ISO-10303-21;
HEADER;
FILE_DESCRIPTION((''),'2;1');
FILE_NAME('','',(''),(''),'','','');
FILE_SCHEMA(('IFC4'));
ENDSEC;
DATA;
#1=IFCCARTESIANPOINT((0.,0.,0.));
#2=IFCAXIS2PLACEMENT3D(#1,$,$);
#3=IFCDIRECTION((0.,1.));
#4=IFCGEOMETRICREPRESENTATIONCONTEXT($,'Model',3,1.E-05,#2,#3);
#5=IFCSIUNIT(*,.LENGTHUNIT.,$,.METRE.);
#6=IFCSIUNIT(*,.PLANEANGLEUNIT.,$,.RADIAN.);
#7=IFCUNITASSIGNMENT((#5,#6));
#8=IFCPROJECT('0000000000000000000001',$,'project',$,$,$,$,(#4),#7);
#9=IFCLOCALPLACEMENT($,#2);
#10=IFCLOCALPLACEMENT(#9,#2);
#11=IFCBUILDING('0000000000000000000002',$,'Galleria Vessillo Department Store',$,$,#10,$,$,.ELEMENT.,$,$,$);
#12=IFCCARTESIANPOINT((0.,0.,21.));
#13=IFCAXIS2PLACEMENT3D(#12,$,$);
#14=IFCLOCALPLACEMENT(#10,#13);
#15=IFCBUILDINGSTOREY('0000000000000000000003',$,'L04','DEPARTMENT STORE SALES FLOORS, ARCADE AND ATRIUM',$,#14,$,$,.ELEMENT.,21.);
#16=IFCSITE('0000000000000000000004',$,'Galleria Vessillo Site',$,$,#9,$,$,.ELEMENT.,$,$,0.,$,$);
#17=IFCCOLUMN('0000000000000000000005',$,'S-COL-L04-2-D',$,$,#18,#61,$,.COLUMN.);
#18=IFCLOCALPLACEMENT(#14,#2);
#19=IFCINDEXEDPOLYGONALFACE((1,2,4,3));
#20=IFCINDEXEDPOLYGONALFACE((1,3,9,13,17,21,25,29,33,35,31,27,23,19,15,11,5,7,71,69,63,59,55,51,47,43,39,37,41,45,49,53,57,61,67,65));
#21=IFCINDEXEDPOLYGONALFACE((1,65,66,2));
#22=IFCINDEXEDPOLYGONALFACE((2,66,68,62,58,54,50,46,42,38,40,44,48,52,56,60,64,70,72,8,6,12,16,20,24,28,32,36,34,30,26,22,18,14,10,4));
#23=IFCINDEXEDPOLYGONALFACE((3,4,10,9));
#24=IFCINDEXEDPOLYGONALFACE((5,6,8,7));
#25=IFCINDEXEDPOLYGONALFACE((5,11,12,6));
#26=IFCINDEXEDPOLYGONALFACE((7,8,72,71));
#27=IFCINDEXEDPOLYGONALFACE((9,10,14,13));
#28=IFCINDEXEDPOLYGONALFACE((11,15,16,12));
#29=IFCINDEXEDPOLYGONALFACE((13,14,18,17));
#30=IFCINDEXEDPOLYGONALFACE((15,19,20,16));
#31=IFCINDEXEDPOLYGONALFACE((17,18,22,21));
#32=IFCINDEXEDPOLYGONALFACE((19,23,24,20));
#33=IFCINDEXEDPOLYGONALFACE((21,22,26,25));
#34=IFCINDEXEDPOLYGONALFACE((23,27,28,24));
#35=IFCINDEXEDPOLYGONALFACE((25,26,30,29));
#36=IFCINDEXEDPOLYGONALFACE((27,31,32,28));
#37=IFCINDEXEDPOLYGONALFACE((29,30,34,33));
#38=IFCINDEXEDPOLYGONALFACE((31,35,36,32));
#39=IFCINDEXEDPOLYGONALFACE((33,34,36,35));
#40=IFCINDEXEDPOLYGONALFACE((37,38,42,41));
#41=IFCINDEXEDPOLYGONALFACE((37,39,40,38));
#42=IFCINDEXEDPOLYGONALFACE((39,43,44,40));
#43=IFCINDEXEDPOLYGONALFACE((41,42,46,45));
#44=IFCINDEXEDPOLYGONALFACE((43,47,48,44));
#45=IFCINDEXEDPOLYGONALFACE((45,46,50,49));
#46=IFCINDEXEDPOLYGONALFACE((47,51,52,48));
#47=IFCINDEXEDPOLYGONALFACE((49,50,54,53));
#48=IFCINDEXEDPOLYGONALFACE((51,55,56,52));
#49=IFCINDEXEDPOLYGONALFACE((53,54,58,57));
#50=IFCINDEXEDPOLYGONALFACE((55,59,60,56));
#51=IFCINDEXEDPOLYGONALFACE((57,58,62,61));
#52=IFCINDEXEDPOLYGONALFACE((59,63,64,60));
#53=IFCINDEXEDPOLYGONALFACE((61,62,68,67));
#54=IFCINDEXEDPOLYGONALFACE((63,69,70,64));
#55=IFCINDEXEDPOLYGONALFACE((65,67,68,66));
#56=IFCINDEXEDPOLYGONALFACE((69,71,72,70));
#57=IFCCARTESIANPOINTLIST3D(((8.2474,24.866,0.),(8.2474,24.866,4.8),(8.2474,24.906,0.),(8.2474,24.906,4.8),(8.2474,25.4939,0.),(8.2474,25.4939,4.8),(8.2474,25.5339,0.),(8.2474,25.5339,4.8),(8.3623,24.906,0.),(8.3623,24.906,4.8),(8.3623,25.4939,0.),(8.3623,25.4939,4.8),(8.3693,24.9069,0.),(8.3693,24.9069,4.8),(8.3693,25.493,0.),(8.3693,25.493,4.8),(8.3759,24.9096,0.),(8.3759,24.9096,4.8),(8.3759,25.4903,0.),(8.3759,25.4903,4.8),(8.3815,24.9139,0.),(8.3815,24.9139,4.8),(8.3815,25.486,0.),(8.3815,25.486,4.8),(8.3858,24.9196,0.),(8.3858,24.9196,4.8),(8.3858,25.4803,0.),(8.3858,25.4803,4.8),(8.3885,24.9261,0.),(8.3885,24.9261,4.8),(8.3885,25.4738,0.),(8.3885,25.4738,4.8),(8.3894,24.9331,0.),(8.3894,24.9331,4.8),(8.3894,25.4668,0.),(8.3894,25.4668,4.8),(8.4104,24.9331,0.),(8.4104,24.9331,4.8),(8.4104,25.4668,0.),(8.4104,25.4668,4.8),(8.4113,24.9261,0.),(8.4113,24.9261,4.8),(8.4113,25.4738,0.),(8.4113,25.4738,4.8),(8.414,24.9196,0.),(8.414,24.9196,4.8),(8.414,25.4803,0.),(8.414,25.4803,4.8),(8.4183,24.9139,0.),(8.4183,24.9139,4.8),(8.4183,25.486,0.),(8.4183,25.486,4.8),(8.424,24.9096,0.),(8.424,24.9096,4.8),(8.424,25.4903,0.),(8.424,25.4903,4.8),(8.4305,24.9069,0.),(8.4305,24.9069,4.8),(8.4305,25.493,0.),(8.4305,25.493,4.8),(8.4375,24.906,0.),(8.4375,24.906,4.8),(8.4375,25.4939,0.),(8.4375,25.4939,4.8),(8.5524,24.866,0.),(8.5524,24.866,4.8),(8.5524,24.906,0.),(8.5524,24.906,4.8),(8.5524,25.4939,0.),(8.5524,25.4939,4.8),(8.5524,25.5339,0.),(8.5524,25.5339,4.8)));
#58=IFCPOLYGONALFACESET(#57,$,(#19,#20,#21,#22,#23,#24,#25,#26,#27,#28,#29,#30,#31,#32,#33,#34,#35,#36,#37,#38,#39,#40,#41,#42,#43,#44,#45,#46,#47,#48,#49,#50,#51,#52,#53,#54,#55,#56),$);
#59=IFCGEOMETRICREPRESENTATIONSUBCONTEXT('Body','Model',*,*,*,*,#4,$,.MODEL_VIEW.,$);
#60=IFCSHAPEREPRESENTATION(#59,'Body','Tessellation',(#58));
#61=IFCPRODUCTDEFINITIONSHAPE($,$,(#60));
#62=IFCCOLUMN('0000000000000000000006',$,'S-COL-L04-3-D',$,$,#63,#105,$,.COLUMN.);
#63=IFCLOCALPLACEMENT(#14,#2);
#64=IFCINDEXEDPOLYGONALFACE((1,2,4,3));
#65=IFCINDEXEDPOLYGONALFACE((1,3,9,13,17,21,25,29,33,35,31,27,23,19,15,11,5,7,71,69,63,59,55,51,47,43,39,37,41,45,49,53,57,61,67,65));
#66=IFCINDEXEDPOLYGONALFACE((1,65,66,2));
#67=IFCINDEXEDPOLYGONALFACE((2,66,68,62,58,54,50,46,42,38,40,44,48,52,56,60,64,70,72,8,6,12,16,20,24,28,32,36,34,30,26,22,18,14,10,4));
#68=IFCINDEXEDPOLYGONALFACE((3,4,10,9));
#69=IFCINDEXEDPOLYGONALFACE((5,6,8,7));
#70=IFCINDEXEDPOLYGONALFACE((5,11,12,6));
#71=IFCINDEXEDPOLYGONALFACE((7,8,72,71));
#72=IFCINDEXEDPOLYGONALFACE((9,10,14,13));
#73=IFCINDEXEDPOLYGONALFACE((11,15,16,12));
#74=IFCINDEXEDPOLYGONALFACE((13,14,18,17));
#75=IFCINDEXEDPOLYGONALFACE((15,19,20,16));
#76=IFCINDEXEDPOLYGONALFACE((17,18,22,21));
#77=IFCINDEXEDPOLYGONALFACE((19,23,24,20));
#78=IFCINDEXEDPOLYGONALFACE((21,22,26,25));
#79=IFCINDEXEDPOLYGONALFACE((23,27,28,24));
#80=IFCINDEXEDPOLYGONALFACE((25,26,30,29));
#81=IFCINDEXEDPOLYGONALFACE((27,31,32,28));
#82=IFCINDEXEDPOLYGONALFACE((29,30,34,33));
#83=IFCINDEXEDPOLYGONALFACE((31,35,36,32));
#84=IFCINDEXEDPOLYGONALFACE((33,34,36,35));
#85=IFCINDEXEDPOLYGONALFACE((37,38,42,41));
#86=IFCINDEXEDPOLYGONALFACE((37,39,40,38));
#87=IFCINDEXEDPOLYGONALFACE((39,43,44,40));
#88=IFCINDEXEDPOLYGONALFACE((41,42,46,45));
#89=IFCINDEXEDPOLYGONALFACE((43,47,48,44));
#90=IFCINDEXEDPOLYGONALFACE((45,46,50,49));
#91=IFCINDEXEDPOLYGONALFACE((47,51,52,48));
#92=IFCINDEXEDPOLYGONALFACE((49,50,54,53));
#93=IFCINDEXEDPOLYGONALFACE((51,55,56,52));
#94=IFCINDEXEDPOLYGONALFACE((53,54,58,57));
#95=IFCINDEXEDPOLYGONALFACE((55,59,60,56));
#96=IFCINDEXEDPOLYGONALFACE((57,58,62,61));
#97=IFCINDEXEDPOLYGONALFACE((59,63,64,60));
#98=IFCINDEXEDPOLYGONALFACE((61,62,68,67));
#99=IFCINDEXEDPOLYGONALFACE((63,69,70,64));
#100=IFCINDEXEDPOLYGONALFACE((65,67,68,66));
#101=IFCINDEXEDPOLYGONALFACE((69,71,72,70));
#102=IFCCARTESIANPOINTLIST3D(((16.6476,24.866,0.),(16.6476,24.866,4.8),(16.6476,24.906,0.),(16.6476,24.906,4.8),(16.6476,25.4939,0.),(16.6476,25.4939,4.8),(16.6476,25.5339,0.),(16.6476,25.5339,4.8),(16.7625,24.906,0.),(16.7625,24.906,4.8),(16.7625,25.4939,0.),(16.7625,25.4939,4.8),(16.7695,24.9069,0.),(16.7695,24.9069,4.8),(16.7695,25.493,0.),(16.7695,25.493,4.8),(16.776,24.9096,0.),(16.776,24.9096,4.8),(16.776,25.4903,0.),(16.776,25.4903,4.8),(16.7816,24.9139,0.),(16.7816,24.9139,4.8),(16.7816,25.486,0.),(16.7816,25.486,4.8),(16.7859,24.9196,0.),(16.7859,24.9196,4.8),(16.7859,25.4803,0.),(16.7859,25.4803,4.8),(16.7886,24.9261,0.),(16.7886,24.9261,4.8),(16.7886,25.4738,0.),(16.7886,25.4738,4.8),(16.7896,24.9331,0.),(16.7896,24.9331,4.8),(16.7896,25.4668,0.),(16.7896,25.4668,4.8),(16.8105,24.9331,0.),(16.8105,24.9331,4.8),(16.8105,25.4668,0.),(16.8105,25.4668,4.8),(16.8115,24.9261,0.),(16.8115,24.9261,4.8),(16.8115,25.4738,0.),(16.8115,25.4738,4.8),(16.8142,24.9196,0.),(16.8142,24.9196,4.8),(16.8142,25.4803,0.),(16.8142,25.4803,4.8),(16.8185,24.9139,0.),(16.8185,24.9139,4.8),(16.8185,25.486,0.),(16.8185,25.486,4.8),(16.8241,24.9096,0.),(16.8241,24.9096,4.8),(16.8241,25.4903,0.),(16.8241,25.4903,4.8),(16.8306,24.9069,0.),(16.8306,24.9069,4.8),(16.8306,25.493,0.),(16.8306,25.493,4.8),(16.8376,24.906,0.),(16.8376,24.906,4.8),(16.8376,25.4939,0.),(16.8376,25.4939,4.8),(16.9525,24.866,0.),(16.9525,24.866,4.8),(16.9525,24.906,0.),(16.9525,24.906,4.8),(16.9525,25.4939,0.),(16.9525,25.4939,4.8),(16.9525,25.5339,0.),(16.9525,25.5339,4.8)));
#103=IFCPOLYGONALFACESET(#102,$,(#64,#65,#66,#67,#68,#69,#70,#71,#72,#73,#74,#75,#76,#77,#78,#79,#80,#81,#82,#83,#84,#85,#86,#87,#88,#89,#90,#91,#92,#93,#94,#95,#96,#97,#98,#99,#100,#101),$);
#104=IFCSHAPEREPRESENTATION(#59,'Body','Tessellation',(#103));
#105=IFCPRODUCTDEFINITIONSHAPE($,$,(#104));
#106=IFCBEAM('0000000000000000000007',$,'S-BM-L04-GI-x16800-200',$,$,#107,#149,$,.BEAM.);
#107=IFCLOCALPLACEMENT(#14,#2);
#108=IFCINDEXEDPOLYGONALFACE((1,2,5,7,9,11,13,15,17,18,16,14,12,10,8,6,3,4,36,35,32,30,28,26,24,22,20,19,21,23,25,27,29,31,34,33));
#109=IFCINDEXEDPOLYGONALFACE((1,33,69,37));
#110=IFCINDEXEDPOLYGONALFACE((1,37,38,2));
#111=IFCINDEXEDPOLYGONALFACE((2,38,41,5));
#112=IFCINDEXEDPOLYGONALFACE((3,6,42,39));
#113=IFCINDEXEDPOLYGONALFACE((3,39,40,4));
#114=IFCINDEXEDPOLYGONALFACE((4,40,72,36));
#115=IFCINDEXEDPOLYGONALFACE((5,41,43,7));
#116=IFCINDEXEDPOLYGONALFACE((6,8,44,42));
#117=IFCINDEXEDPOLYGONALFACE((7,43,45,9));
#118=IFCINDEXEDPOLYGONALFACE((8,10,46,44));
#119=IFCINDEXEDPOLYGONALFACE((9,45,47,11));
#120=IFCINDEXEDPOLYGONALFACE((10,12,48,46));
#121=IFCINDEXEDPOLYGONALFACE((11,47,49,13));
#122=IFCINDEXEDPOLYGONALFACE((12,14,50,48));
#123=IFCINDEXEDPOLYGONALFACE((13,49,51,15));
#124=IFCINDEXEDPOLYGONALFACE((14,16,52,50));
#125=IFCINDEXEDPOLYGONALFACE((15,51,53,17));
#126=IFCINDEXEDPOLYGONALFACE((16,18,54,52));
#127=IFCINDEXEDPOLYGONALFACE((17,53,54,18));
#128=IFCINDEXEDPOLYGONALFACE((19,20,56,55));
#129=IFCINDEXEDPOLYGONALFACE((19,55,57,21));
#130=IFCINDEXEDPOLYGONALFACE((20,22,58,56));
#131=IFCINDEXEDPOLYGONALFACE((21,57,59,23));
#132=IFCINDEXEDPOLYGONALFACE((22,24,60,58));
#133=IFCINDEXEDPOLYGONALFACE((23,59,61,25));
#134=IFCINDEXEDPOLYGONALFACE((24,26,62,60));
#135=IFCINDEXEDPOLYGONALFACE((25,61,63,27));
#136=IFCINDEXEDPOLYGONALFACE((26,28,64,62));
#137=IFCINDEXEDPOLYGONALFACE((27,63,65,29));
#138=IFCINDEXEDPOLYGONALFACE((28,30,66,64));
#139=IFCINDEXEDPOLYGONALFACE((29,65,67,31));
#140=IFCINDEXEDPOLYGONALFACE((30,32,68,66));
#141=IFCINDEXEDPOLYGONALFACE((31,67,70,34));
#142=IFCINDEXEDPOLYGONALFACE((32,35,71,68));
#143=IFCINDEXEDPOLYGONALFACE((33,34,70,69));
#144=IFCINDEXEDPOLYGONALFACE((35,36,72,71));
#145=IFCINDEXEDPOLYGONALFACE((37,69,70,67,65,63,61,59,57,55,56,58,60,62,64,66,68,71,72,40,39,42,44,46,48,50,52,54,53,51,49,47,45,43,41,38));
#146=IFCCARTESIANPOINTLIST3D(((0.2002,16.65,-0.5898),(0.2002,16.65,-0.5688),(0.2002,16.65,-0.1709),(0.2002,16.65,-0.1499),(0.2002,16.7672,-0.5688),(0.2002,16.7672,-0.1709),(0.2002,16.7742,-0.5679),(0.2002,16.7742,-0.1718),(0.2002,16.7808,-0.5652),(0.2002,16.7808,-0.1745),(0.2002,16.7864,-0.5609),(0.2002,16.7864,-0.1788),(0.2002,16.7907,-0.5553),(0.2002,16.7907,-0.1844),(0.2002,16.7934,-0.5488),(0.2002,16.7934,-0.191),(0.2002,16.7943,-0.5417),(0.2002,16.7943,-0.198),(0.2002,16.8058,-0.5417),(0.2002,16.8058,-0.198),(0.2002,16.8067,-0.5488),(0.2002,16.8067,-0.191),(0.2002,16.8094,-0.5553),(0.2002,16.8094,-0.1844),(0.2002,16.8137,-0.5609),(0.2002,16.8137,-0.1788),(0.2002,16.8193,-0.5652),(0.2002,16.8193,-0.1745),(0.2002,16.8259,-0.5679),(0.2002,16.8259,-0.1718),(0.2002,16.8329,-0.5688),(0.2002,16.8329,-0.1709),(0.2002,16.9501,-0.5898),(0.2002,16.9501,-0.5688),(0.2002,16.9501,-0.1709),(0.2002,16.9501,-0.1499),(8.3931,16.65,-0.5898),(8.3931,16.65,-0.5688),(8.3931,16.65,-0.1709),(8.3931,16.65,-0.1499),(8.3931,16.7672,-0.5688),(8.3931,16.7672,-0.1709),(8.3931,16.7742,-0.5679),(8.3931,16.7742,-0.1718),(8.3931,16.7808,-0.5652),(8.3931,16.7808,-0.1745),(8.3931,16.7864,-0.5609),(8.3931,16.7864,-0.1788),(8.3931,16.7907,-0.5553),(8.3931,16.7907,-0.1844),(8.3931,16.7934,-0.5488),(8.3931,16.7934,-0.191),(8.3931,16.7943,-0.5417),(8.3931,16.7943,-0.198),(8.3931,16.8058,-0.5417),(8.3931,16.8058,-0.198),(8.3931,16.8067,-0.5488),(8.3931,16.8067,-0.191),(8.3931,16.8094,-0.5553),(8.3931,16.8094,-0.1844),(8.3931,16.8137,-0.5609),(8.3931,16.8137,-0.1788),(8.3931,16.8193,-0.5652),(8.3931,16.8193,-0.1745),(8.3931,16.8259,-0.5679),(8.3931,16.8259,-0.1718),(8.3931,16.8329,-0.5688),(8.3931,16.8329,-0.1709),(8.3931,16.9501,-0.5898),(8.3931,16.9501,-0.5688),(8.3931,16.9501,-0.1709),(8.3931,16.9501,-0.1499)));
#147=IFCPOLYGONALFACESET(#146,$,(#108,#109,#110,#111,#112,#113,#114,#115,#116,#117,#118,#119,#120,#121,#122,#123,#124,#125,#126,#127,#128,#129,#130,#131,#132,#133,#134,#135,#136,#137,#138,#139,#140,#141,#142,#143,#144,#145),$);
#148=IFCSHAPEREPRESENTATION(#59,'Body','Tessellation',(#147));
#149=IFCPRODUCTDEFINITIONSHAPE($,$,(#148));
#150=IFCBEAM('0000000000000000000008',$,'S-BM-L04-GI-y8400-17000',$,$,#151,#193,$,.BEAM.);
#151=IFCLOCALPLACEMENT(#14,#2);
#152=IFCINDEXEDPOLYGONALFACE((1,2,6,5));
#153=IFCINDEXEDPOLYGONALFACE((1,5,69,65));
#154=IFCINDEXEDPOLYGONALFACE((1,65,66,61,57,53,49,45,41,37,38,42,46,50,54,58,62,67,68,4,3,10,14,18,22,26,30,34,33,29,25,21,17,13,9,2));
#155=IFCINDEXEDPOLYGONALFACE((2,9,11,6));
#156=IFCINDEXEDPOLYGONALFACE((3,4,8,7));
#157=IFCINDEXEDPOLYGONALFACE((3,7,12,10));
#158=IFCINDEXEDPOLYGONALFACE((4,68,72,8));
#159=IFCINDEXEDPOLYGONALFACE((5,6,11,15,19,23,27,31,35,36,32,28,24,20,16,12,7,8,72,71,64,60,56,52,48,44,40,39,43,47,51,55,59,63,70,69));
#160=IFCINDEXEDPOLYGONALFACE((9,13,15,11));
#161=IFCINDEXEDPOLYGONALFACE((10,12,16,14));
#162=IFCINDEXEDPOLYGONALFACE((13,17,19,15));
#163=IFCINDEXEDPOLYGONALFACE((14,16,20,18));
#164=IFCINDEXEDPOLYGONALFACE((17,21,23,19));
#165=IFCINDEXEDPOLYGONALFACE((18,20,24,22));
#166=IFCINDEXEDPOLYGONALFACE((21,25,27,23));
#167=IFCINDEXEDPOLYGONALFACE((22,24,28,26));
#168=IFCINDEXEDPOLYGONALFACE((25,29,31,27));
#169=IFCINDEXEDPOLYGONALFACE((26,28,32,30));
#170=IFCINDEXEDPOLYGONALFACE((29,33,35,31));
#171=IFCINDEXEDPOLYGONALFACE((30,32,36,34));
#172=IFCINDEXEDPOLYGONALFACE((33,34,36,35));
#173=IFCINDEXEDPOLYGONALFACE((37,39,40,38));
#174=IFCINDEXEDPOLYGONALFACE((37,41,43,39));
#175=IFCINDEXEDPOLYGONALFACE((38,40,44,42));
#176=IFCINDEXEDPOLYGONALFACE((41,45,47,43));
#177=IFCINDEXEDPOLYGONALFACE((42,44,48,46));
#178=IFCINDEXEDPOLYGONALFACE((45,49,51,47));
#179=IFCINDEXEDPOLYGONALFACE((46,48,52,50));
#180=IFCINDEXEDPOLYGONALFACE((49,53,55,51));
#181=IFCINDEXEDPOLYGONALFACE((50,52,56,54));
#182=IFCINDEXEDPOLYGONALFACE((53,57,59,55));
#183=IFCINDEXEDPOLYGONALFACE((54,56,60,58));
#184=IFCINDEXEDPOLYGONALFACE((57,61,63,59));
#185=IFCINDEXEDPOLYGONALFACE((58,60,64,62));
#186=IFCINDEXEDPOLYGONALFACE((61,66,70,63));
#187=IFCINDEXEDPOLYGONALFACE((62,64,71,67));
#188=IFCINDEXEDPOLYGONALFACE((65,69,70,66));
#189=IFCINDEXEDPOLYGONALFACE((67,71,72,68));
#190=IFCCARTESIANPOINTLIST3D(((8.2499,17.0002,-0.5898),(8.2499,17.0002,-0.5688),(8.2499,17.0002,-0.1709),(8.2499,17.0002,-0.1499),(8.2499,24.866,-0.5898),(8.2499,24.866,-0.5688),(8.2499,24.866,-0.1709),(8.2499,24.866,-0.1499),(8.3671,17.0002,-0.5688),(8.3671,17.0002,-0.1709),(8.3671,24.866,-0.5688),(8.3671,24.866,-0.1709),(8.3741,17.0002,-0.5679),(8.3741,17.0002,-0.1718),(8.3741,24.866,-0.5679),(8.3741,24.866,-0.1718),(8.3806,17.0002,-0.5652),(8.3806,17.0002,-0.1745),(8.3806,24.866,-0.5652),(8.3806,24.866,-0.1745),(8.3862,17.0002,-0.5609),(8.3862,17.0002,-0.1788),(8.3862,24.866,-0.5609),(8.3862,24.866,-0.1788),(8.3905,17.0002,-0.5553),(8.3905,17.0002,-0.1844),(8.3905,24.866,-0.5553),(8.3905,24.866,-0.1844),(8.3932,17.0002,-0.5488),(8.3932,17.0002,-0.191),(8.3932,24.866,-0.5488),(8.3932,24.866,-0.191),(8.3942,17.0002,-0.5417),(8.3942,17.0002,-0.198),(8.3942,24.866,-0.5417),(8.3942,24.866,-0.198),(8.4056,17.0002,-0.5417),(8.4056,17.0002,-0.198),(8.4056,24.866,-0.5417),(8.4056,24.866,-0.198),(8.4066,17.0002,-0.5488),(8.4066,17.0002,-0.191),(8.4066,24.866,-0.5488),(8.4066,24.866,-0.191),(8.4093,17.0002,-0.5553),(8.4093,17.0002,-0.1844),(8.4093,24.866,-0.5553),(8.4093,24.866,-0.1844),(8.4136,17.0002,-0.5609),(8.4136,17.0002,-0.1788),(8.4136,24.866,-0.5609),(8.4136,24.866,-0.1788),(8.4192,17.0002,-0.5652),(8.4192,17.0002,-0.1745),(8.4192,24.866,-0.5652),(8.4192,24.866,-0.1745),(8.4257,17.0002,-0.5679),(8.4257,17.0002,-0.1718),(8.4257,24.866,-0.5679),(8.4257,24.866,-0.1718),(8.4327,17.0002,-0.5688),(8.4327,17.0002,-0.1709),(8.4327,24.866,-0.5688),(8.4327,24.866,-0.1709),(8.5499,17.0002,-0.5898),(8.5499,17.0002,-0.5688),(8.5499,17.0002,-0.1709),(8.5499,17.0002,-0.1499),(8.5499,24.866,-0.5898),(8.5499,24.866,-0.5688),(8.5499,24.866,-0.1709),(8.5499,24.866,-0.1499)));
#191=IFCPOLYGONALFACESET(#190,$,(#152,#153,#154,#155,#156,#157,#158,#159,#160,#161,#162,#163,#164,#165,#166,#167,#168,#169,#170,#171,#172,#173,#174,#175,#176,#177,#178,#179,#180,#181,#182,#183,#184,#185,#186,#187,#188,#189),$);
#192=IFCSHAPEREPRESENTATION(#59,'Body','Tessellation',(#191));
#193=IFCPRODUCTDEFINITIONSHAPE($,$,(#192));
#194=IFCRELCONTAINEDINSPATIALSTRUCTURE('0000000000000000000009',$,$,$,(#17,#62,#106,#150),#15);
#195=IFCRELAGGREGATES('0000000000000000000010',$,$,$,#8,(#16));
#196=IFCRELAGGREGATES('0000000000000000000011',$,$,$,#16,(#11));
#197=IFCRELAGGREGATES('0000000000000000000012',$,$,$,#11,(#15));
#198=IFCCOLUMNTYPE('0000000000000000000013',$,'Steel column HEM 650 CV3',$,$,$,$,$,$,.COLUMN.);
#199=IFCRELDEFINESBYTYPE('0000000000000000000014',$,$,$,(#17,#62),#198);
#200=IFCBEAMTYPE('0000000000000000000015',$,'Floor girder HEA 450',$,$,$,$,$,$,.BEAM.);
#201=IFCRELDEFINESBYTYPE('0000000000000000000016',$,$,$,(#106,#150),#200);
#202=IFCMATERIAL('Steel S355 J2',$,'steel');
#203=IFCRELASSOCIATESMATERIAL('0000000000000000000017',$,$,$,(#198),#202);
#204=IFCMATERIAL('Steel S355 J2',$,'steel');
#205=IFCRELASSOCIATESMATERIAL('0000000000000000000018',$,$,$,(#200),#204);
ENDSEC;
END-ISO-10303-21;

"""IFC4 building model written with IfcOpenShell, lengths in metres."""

from ifc_helpers import new_model, si_unit, direction, frame, origin, origin_2d, place, context, subcontext, project, spatial, i_section, extrude, material, material_profile, profile_set, type_object, element, save


model = new_model("IFC4")

# Units and contexts
model_context = context("Model", 3, precision=1e-05, world=origin(), true_north=direction((0.0, 1.0)))
body_context = subcontext(model_context, "Body", "Model", "MODEL_VIEW")
ifc_project = project(units=[si_unit("LENGTHUNIT", "METRE"), si_unit("PLANEANGLEUNIT", "RADIAN")], contexts=[model_context])

# Site, building, storey
site_placement = place(None, origin())
site = spatial("IfcSite", under=ifc_project, at=site_placement, Name="Galleria Vessillo Site", CompositionType="ELEMENT", RefElevation=0.0)
building_placement = place(site_placement, origin())
building = spatial("IfcBuilding", under=site, at=building_placement, Name="Galleria Vessillo Department Store", CompositionType="ELEMENT")
storey_placement = place(building_placement, frame((0.0, 0.0, 21.0)))
storey = spatial("IfcBuildingStorey", under=building, at=storey_placement, Name="L04", Description="DEPARTMENT STORE SALES FLOORS, ARCADE AND ATRIUM", CompositionType="ELEMENT", Elevation=21.0)

# Columns
ifc_material_1 = material(Name="Steel S355 J2", Category="steel")
ifc_material_profile_1 = material_profile(ifc_material_1, i_section(OverallWidth=0.3049, OverallDepth=0.668, WebThickness=0.021, FlangeThickness=0.04, FilletRadius=0.0271, at=origin_2d()), Name="HEM 650")
ifc_profile_set_1 = profile_set([ifc_material_profile_1], Name="Steel S355 J2")
column_type_1 = type_object("IfcColumnType", Name="Steel column HEM 650 CV3", PredefinedType="COLUMN", material=ifc_profile_set_1)
for number, where, z_axis, x_axis, name in (
    (1, (8.3999, 25.2, 0.0), (0.0, 0.0, 1.0), (1.0, 0.0, 0.0), "S-COL-L04-2-D"),
    (2, (16.8, 25.2, 0.0), (0.0, 0.0, 1.0), (1.0, 0.0, 0.0), "S-COL-L04-3-D"),
):
    element("IfcColumn", number, at=place(storey_placement, frame(where, z_axis=z_axis, x_axis=x_axis)), inside=storey, type_object=column_type_1, Name=name, PredefinedType="COLUMN", context=body_context, shape_type="SweptSolid", body=[
        extrude(i_section(OverallWidth=0.3049, OverallDepth=0.668, WebThickness=0.021, FlangeThickness=0.04, FilletRadius=0.0271, at=origin_2d()), origin(), (0.0, 0.0, 1.0), 4.8),
    ])

# Beams
ifc_material_2 = material(Name="Steel S355 J2", Category="steel")
ifc_material_profile_2 = material_profile(ifc_material_2, i_section(OverallWidth=0.3, OverallDepth=0.4399, WebThickness=0.0115, FlangeThickness=0.021, FilletRadius=0.0271, at=origin_2d()), Name="HEA 450")
ifc_profile_set_2 = profile_set([ifc_material_profile_2], Name="Steel S355 J2")
beam_type_1 = type_object("IfcBeamType", Name="Floor girder HEA 450", PredefinedType="BEAM", material=ifc_profile_set_2)
beam_1_placement = place(storey_placement, frame((0.2002, 16.8, -0.3699), z_axis=(1.0, 0.0, 0.0), x_axis=(0.0, 1.0, 0.0)))
element("IfcBeam", 3, at=beam_1_placement, inside=storey, type_object=beam_type_1, Name="S-BM-L04-GI-x16800-200", PredefinedType="BEAM", context=body_context, shape_type="SweptSolid", body=[
    extrude(i_section(OverallWidth=0.3, OverallDepth=0.4399, WebThickness=0.0115, FlangeThickness=0.021, FilletRadius=0.0271, at=origin_2d()), origin(), (0.0, 0.0, 1.0), 8.1929),
])
for number, where, z_axis, x_axis, name in (
    (4, (8.3999, 17.0002, -0.3699), (0.0, 1.0, 0.0), (-1.0, 0.0, 0.0), "S-BM-L04-GI-y8400-17000"),
):
    element("IfcBeam", number, at=place(storey_placement, frame(where, z_axis=z_axis, x_axis=x_axis)), inside=storey, type_object=beam_type_1, Name=name, PredefinedType="BEAM", context=body_context, shape_type="SweptSolid", body=[
        extrude(i_section(OverallWidth=0.3, OverallDepth=0.4399, WebThickness=0.0115, FlangeThickness=0.021, FilletRadius=0.0271, at=origin_2d()), origin(), (0.0, 0.0, 1.0), 7.8657),
    ])

save(model, "model.ifc")
